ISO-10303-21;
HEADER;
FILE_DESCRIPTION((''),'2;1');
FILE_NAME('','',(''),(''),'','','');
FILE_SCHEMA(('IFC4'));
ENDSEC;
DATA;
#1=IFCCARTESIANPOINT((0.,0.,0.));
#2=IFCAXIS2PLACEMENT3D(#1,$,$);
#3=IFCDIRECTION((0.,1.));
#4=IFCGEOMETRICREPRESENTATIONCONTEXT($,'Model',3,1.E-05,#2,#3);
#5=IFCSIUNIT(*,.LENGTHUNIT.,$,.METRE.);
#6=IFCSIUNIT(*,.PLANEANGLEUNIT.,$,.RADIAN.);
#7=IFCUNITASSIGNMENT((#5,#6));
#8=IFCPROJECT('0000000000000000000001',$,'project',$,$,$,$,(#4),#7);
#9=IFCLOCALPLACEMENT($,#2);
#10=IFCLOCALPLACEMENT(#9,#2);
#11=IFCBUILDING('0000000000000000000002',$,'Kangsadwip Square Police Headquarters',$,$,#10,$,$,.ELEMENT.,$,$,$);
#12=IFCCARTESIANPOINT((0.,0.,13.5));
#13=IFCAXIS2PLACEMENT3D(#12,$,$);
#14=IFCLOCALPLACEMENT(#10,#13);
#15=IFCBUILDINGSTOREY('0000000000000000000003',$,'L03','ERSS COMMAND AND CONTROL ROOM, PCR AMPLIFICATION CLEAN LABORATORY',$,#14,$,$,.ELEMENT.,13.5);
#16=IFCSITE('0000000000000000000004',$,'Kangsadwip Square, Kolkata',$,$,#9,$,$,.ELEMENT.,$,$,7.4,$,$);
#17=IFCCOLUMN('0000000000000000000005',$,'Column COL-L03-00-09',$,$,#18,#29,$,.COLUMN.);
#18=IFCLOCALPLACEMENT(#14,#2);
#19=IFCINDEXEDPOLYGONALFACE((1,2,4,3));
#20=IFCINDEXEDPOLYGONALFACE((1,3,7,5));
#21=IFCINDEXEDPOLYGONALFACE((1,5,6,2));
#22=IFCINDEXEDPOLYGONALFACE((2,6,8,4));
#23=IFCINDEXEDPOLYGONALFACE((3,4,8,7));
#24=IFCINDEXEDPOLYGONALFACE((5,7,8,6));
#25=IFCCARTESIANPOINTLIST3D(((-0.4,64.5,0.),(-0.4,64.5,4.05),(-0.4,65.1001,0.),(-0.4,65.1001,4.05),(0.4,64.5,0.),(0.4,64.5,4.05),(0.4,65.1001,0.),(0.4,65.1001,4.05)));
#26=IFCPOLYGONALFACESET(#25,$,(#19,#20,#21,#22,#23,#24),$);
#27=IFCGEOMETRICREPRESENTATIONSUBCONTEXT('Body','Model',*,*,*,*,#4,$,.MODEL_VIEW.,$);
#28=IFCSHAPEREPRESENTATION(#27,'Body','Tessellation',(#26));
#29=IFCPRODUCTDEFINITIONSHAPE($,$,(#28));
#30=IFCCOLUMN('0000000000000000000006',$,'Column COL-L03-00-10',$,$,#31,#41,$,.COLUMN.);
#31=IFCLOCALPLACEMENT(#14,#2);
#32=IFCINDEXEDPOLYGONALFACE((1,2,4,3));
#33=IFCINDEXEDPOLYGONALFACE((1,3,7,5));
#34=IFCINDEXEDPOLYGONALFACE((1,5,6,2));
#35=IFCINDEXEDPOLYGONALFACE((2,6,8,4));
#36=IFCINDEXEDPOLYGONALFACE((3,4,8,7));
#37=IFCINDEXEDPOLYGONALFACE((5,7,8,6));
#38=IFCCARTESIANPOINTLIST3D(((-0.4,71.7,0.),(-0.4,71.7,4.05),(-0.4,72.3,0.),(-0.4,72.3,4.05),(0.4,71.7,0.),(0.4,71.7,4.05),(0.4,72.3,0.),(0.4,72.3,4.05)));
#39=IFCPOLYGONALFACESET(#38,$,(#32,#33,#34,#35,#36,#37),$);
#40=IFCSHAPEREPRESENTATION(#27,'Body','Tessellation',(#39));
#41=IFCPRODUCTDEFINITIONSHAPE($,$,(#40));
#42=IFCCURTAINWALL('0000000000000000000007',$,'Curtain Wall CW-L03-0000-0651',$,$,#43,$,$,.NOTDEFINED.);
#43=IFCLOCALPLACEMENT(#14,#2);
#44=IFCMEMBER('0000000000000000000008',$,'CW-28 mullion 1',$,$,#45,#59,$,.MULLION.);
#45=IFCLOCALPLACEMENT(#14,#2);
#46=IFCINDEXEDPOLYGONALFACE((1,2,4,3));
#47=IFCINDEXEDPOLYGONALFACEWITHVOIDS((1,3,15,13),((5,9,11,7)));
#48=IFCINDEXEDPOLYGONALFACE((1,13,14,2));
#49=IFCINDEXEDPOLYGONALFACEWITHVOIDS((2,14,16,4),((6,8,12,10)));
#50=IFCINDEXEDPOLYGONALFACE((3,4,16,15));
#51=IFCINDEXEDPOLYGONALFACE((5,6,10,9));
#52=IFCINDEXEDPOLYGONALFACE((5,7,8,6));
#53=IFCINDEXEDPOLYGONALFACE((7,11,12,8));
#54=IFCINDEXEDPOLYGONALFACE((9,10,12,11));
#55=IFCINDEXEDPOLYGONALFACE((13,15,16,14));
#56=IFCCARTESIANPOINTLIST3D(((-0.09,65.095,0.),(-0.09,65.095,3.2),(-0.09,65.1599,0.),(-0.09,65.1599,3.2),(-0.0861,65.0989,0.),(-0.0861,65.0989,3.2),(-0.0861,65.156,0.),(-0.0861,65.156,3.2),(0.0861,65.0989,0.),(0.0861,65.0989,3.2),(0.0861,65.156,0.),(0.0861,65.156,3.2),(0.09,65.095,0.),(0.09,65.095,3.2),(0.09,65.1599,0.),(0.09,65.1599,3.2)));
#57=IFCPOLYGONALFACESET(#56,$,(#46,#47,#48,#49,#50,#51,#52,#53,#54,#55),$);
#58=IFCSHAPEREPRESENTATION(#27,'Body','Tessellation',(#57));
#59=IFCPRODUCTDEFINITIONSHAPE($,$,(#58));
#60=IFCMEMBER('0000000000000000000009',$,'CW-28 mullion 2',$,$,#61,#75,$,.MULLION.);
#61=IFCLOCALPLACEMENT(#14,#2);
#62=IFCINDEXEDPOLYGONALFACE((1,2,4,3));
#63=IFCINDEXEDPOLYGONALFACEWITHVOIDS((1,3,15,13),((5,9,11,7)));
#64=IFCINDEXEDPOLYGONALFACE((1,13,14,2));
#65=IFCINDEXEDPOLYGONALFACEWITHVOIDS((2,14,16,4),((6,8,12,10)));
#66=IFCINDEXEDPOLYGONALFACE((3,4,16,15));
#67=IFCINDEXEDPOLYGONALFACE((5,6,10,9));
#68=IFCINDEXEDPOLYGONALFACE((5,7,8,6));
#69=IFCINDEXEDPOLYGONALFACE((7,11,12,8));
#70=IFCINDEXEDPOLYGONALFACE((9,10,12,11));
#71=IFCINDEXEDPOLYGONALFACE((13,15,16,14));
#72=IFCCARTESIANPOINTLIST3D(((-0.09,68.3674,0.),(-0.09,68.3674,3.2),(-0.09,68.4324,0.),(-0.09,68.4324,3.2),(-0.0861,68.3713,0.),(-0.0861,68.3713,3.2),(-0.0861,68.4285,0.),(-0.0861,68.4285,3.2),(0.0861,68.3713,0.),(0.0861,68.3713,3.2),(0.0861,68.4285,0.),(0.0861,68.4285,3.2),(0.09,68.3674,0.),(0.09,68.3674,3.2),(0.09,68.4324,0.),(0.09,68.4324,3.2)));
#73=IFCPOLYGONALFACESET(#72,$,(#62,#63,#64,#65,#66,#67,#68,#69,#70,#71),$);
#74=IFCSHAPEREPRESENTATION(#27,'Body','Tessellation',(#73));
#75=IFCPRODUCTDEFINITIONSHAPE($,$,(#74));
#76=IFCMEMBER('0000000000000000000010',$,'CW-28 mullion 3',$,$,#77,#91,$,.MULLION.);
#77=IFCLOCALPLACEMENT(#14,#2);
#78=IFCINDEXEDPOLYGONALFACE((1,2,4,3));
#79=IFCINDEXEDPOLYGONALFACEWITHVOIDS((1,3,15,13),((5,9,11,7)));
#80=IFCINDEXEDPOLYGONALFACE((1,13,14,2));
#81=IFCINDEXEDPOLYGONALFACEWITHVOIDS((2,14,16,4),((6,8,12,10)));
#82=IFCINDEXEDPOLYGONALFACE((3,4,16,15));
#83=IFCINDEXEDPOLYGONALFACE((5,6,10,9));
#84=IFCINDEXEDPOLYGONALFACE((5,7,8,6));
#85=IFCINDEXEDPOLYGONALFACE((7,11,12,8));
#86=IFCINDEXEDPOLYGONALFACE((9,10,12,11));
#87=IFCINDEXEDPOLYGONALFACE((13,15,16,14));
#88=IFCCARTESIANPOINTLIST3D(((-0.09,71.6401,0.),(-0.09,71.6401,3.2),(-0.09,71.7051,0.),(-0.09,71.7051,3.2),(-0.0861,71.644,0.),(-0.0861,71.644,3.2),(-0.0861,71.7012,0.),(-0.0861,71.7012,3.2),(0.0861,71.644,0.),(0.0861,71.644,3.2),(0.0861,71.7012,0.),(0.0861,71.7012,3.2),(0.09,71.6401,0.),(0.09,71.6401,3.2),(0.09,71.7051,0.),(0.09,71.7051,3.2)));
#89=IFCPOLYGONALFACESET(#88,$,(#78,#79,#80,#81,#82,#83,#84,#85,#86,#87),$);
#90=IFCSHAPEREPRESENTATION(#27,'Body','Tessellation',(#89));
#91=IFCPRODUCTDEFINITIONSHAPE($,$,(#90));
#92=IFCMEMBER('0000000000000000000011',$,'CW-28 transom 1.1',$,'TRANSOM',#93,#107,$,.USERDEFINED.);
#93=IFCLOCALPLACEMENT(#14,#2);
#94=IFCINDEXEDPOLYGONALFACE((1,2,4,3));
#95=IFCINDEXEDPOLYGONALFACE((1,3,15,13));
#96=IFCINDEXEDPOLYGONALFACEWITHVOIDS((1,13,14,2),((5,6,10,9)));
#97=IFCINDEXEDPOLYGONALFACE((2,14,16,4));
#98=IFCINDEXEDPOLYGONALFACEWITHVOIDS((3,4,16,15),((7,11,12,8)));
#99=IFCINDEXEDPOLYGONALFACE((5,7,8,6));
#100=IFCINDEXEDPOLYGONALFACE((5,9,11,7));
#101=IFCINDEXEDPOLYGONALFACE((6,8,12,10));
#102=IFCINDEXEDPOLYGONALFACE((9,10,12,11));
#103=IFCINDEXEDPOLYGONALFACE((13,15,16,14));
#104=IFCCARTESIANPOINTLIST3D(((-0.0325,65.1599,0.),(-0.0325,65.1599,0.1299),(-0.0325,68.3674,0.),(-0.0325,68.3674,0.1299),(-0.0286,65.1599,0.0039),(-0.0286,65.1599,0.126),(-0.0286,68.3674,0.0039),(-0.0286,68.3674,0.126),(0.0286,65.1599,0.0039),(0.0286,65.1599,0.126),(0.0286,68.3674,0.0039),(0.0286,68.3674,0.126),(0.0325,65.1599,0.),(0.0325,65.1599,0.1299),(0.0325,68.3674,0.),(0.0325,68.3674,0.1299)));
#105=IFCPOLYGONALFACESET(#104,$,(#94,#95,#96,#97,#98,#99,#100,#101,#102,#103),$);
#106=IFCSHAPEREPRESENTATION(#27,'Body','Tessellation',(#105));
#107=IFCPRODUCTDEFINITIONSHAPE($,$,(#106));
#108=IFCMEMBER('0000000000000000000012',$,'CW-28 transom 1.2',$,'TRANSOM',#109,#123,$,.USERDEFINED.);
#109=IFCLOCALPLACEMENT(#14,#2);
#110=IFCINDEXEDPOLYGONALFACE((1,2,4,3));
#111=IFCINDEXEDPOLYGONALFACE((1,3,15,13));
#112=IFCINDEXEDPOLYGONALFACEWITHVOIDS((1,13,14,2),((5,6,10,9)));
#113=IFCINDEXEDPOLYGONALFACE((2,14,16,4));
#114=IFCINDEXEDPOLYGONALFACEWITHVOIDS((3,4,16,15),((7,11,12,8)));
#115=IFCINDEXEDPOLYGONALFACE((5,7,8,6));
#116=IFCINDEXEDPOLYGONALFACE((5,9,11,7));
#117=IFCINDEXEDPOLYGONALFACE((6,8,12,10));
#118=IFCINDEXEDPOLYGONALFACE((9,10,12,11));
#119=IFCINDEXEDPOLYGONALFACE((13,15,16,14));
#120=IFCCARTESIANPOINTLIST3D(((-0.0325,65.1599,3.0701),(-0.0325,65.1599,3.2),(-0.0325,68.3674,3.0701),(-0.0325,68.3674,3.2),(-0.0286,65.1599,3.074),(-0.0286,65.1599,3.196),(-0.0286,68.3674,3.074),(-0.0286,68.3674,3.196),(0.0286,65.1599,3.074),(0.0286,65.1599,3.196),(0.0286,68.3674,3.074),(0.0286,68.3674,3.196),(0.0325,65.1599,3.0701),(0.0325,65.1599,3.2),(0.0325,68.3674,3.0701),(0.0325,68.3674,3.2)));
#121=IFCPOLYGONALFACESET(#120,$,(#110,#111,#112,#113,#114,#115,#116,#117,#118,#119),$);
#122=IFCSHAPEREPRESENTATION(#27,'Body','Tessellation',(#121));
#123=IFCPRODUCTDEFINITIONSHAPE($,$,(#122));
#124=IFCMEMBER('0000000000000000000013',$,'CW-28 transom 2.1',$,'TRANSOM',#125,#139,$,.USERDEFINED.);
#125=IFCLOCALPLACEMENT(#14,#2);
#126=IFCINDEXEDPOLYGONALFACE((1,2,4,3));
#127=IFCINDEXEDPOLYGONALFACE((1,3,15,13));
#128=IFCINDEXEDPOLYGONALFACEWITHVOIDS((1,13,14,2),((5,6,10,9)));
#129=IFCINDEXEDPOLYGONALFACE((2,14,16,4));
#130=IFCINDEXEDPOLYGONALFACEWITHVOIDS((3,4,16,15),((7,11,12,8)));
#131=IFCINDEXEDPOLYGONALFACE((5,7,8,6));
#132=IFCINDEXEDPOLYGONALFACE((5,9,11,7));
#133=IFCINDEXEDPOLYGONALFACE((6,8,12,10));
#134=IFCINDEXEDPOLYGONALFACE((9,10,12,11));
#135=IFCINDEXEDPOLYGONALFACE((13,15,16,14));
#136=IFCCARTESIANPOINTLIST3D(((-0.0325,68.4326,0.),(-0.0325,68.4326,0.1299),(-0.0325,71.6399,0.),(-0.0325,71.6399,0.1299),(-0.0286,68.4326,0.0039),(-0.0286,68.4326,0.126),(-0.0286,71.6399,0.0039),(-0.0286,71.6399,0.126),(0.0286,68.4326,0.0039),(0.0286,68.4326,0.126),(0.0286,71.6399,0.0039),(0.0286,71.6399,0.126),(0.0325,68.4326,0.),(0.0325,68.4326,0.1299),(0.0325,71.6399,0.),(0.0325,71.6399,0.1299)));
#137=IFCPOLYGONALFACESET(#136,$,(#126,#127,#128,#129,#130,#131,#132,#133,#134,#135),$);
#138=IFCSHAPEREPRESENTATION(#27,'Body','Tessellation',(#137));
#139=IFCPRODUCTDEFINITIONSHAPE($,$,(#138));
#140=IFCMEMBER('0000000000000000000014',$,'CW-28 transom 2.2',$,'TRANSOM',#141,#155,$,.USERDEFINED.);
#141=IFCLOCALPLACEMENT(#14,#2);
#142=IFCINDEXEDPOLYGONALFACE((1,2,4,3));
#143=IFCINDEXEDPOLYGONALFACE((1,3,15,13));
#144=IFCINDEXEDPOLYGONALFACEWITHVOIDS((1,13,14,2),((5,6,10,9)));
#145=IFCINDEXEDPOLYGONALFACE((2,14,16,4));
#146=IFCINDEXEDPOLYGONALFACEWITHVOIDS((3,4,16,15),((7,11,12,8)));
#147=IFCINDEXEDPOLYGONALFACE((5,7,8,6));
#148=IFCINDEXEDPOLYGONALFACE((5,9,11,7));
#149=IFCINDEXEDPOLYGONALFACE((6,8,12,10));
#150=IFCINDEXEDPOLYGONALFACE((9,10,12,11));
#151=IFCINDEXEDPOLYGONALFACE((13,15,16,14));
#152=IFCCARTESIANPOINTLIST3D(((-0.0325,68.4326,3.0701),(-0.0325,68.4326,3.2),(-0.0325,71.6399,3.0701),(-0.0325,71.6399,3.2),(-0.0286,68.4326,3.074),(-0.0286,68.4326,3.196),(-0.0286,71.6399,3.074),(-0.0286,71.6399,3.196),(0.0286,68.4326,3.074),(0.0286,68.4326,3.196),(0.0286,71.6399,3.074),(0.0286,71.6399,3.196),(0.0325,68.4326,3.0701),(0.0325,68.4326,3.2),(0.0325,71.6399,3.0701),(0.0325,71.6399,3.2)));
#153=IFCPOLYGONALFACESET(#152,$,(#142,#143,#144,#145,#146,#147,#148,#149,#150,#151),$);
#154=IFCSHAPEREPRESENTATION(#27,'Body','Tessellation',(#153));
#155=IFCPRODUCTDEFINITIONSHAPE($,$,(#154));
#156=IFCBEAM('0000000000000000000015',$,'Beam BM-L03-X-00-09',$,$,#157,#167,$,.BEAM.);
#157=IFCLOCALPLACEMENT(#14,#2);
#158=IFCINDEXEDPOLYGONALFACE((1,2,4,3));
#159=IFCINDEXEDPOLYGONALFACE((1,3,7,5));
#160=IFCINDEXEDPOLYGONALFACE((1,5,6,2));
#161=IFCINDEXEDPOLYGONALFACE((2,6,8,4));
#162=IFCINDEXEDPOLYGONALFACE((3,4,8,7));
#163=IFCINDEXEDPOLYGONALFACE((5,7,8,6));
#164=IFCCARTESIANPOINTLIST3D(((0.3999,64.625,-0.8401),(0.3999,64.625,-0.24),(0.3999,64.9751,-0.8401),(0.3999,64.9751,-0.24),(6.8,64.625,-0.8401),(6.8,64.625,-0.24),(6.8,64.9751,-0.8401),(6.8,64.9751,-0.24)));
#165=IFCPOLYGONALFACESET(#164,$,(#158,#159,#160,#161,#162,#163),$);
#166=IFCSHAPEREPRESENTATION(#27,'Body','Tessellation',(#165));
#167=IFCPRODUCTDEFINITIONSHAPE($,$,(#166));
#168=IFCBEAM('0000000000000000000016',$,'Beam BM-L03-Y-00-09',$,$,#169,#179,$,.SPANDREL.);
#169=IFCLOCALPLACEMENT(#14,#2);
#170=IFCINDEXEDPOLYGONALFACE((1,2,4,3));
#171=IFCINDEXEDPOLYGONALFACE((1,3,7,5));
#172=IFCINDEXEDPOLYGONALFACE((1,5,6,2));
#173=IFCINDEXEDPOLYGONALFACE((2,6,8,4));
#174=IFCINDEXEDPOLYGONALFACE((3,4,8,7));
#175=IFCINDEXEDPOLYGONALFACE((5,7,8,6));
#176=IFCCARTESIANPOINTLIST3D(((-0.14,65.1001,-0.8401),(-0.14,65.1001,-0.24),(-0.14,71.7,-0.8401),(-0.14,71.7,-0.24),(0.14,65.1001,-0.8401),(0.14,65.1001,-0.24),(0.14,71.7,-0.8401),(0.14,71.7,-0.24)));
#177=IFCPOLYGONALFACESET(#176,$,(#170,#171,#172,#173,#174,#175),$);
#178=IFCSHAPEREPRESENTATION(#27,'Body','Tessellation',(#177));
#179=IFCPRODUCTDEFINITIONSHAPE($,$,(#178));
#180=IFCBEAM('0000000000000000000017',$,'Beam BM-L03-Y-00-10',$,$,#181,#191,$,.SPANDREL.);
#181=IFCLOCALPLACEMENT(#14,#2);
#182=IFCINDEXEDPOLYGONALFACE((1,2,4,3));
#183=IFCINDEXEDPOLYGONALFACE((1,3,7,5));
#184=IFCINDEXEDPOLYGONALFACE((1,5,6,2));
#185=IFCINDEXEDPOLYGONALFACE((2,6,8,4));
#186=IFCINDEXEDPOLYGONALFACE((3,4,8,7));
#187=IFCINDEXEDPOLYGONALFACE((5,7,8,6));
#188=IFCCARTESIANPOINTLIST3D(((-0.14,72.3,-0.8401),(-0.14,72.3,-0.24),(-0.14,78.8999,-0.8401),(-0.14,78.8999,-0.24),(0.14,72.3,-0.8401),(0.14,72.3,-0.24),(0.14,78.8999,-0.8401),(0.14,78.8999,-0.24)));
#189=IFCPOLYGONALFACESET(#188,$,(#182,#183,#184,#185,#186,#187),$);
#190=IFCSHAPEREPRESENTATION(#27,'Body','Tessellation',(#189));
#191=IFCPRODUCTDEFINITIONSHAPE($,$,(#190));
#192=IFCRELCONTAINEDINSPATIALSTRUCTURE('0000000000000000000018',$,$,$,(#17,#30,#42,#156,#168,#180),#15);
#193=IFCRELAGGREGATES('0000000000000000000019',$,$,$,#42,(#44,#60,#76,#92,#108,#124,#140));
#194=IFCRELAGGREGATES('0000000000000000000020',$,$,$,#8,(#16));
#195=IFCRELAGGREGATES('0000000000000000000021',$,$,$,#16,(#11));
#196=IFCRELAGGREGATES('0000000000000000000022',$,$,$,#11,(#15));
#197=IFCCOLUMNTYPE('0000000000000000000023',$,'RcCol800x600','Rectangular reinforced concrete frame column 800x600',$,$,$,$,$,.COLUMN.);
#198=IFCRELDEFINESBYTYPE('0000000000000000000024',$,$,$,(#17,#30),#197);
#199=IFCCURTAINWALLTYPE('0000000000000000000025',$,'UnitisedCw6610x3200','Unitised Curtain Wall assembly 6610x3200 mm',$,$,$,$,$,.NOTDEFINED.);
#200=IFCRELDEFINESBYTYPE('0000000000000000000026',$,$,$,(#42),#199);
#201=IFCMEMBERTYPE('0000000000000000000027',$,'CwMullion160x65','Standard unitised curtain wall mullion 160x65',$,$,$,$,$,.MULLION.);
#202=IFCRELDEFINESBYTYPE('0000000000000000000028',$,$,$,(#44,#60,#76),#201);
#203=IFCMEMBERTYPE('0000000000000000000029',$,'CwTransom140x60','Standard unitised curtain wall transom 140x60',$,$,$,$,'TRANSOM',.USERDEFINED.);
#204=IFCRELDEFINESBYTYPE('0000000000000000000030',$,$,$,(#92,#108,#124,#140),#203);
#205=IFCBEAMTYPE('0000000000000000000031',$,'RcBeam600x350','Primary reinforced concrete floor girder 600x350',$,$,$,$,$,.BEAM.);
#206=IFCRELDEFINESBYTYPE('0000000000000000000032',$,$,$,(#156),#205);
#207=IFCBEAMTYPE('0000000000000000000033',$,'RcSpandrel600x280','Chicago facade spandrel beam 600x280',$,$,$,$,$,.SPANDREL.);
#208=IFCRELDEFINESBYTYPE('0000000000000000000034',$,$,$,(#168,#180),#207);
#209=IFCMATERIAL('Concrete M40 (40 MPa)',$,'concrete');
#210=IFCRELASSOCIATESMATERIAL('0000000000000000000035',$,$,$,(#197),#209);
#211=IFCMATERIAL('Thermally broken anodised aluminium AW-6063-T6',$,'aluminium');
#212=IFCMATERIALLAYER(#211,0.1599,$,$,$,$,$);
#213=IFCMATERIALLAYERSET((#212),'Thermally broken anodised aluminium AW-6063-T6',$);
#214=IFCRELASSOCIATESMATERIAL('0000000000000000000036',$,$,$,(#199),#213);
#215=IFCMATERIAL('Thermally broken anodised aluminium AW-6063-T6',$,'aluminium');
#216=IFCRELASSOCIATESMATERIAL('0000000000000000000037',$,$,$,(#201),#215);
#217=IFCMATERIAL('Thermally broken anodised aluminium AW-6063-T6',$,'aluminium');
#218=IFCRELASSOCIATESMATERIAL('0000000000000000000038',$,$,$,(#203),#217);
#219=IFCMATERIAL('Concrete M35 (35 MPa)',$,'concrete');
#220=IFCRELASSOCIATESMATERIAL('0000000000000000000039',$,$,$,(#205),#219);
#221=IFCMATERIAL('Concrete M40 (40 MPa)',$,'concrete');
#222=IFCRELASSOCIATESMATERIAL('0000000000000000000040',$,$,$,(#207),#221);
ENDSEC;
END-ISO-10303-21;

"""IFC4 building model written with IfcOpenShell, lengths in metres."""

from ifc_helpers import new_model, si_unit, direction, frame, origin, origin_2d, place, context, subcontext, project, spatial, rectangle, hollow_rectangle, extrude, material, layer, layer_set, material_profile, profile_set, type_object, element, aggregate, save


model = new_model("IFC4")

# Units and contexts
model_context = context("Model", 3, precision=1e-05, world=origin(), true_north=direction((0.0, 1.0)))
body_context = subcontext(model_context, "Body", "Model", "MODEL_VIEW")
ifc_project = project(units=[si_unit("LENGTHUNIT", "METRE"), si_unit("PLANEANGLEUNIT", "RADIAN")], contexts=[model_context])

# Site, building, storey
site_placement = place(None, origin())
site = spatial("IfcSite", under=ifc_project, at=site_placement, Name="Kangsadwip Square, Kolkata", CompositionType="ELEMENT", RefElevation=7.4)
building_placement = place(site_placement, origin())
building = spatial("IfcBuilding", under=site, at=building_placement, Name="Kangsadwip Square Police Headquarters", CompositionType="ELEMENT")
storey_placement = place(building_placement, frame((0.0, 0.0, 13.5)))
storey = spatial("IfcBuildingStorey", under=building, at=storey_placement, Name="L03", Description="ERSS COMMAND AND CONTROL ROOM, PCR AMPLIFICATION CLEAN LABORATORY", CompositionType="ELEMENT", Elevation=13.5)

# Columns
ifc_material_1 = material(Name="Concrete M40 (40 MPa)", Category="concrete")
ifc_material_profile_1 = material_profile(ifc_material_1, rectangle(XDim=0.6001, YDim=0.8, at=origin_2d()), Name="RC COL 800X600")
ifc_profile_set_1 = profile_set([ifc_material_profile_1], Name="Concrete M40 (40 MPa)")
column_type = type_object("IfcColumnType", Name="RcCol800x600", Description="Rectangular reinforced concrete frame column 800x600", PredefinedType="COLUMN", material=ifc_profile_set_1)
for number, where, z_axis, x_axis, name in (
    (1, (0.0, 64.8, 0.0), (0.0, 0.0, 1.0), (0.0, 1.0, 0.0), "Column COL-L03-00-09"),
    (2, (0.0, 72.0, 0.0), (0.0, 0.0, 1.0), (0.0, 1.0, 0.0), "Column COL-L03-00-10"),
):
    element("IfcColumn", number, at=place(storey_placement, frame(where, z_axis=z_axis, x_axis=x_axis)), inside=storey, type_object=column_type, Name=name, PredefinedType="COLUMN", context=body_context, shape_type="SweptSolid", body=[
        extrude(rectangle(XDim=0.6001, YDim=0.8, at=origin_2d()), origin(), (0.0, 0.0, 1.0), 4.05),
    ])

# Curtain wall, members
ifc_material_2 = material(Name="Thermally broken anodised aluminium AW-6063-T6", Category="aluminium")
ifc_layer_1 = layer(ifc_material_2, 0.1599)
ifc_layer_set_1 = layer_set([ifc_layer_1], Name="Thermally broken anodised aluminium AW-6063-T6")
curtain_wall_type = type_object("IfcCurtainWallType", Name="UnitisedCw6610x3200", Description="Unitised Curtain Wall assembly 6610x3200 mm", PredefinedType="NOTDEFINED", material=ifc_layer_set_1)
curtain_wall_placement = place(storey_placement, origin())
curtain_wall = element("IfcCurtainWall", 3, at=curtain_wall_placement, inside=storey, type_object=curtain_wall_type, Name="Curtain Wall CW-L03-0000-0651", PredefinedType="NOTDEFINED")
ifc_material_3 = material(Name="Thermally broken anodised aluminium AW-6063-T6", Category="aluminium")
ifc_material_profile_2 = material_profile(ifc_material_3, hollow_rectangle(XDim=0.0649, YDim=0.1799, WallThickness=0.0039, at=origin_2d()), Name="CWM 180X65X4")
ifc_profile_set_2 = profile_set([ifc_material_profile_2], Name="Thermally broken anodised aluminium AW-6063-T6")
member_type_1 = type_object("IfcMemberType", Name="CwMullion160x65", Description="Standard unitised curtain wall mullion 160x65", PredefinedType="MULLION", material=ifc_profile_set_2)
member_1_placement = place(storey_placement, frame((0.0, 65.1274, 0.0), z_axis=(0.0, 0.0, 1.0), x_axis=(0.0, 1.0, 0.0)))
member_1 = element("IfcMember", 4, at=member_1_placement, type_object=member_type_1, Name="CW-28 mullion 1", PredefinedType="MULLION", context=body_context, shape_type="SweptSolid", body=[
    extrude(hollow_rectangle(XDim=0.0649, YDim=0.1799, WallThickness=0.0039, at=origin_2d()), origin(), (0.0, 0.0, 1.0), 3.2),
])
member_2_placement = place(storey_placement, frame((0.0, 68.3999, 0.0), z_axis=(0.0, 0.0, 1.0), x_axis=(0.0, 1.0, 0.0)))
member_2 = element("IfcMember", 5, at=member_2_placement, type_object=member_type_1, Name="CW-28 mullion 2", PredefinedType="MULLION", context=body_context, shape_type="SweptSolid", body=[
    extrude(hollow_rectangle(XDim=0.0649, YDim=0.1799, WallThickness=0.0039, at=origin_2d()), origin(), (0.0, 0.0, 1.0), 3.2),
])
member_3_placement = place(storey_placement, frame((0.0, 71.6726, 0.0), z_axis=(0.0, 0.0, 1.0), x_axis=(0.0, 1.0, 0.0)))
member_3 = element("IfcMember", 6, at=member_3_placement, type_object=member_type_1, Name="CW-28 mullion 3", PredefinedType="MULLION", context=body_context, shape_type="SweptSolid", body=[
    extrude(hollow_rectangle(XDim=0.0649, YDim=0.1799, WallThickness=0.0039, at=origin_2d()), origin(), (0.0, 0.0, 1.0), 3.2),
])
ifc_material_4 = material(Name="Thermally broken anodised aluminium AW-6063-T6", Category="aluminium")
ifc_material_profile_3 = material_profile(ifc_material_4, hollow_rectangle(XDim=0.0649, YDim=0.1299, WallThickness=0.0039, at=origin_2d()), Name="CWT 130X65X4")
ifc_profile_set_3 = profile_set([ifc_material_profile_3], Name="Thermally broken anodised aluminium AW-6063-T6")
member_type_2 = type_object("IfcMemberType", Name="CwTransom140x60", Description="Standard unitised curtain wall transom 140x60", ElementType="TRANSOM", PredefinedType="USERDEFINED", material=ifc_profile_set_3)
member_4_placement = place(storey_placement, frame((0.0, 65.1599, 0.0649), z_axis=(0.0, 1.0, 0.0), x_axis=(-1.0, 0.0, 0.0)))
member_4 = element("IfcMember", 7, at=member_4_placement, type_object=member_type_2, Name="CW-28 transom 1.1", ObjectType="TRANSOM", PredefinedType="USERDEFINED", context=body_context, shape_type="SweptSolid", body=[
    extrude(hollow_rectangle(XDim=0.0649, YDim=0.1299, WallThickness=0.0039, at=origin_2d()), origin(), (0.0, 0.0, 1.0), 3.2075),
])
member_5_placement = place(storey_placement, frame((0.0, 65.1599, 3.135), z_axis=(0.0, 1.0, 0.0), x_axis=(-1.0, 0.0, 0.0)))
member_5 = element("IfcMember", 8, at=member_5_placement, type_object=member_type_2, Name="CW-28 transom 1.2", ObjectType="TRANSOM", PredefinedType="USERDEFINED", context=body_context, shape_type="SweptSolid", body=[
    extrude(hollow_rectangle(XDim=0.0649, YDim=0.1299, WallThickness=0.0039, at=origin_2d()), origin(), (0.0, 0.0, 1.0), 3.2075),
])
member_6_placement = place(storey_placement, frame((0.0, 68.4326, 0.0649), z_axis=(0.0, 1.0, 0.0), x_axis=(-1.0, 0.0, 0.0)))
member_6 = element("IfcMember", 9, at=member_6_placement, type_object=member_type_2, Name="CW-28 transom 2.1", ObjectType="TRANSOM", PredefinedType="USERDEFINED", context=body_context, shape_type="SweptSolid", body=[
    extrude(hollow_rectangle(XDim=0.0649, YDim=0.1299, WallThickness=0.0039, at=origin_2d()), origin(), (0.0, 0.0, 1.0), 3.2073),
])
member_7_placement = place(storey_placement, frame((0.0, 68.4326, 3.135), z_axis=(0.0, 1.0, 0.0), x_axis=(-1.0, 0.0, 0.0)))
member_7 = element("IfcMember", 10, at=member_7_placement, type_object=member_type_2, Name="CW-28 transom 2.2", ObjectType="TRANSOM", PredefinedType="USERDEFINED", context=body_context, shape_type="SweptSolid", body=[
    extrude(hollow_rectangle(XDim=0.0649, YDim=0.1299, WallThickness=0.0039, at=origin_2d()), origin(), (0.0, 0.0, 1.0), 3.2073),
])

# Beams
ifc_material_5 = material(Name="Concrete M35 (35 MPa)", Category="concrete")
ifc_material_profile_4 = material_profile(ifc_material_5, rectangle(XDim=0.3501, YDim=0.6001, at=origin_2d()), Name="RC BM 600X350")
ifc_profile_set_4 = profile_set([ifc_material_profile_4], Name="Concrete M35 (35 MPa)")
beam_type_1 = type_object("IfcBeamType", Name="RcBeam600x350", Description="Primary reinforced concrete floor girder 600x350", PredefinedType="BEAM", material=ifc_profile_set_4)
beam_placement = place(storey_placement, frame((0.3999, 64.8, -0.54), z_axis=(1.0, 0.0, 0.0), x_axis=(0.0, 1.0, 0.0)))
element("IfcBeam", 11, at=beam_placement, inside=storey, type_object=beam_type_1, Name="Beam BM-L03-X-00-09", PredefinedType="BEAM", context=body_context, shape_type="SweptSolid", body=[
    extrude(rectangle(XDim=0.3501, YDim=0.6001, at=origin_2d()), origin(), (0.0, 0.0, 1.0), 6.4001),
])
ifc_material_6 = material(Name="Concrete M40 (40 MPa)", Category="concrete")
ifc_material_profile_5 = material_profile(ifc_material_6, rectangle(XDim=0.28, YDim=0.6001, at=origin_2d()), Name="RC SPN 600X280")
ifc_profile_set_5 = profile_set([ifc_material_profile_5], Name="Concrete M40 (40 MPa)")
beam_type_2 = type_object("IfcBeamType", Name="RcSpandrel600x280", Description="Chicago facade spandrel beam 600x280", PredefinedType="SPANDREL", material=ifc_profile_set_5)
for number, where, z_axis, x_axis, name in (
    (12, (0.0, 65.1001, -0.54), (0.0, 1.0, 0.0), (-1.0, 0.0, 0.0), "Beam BM-L03-Y-00-09"),
    (13, (0.0, 72.3, -0.54), (0.0, 1.0, 0.0), (-1.0, 0.0, 0.0), "Beam BM-L03-Y-00-10"),
):
    element("IfcBeam", number, at=place(storey_placement, frame(where, z_axis=z_axis, x_axis=x_axis)), inside=storey, type_object=beam_type_2, Name=name, PredefinedType="SPANDREL", context=body_context, shape_type="SweptSolid", body=[
        extrude(rectangle(XDim=0.28, YDim=0.6001, at=origin_2d()), origin(), (0.0, 0.0, 1.0), 6.5999),
    ])

aggregate(curtain_wall, [member_1, member_2, member_3, member_4, member_5, member_6, member_7])

save(model, "model.ifc")
